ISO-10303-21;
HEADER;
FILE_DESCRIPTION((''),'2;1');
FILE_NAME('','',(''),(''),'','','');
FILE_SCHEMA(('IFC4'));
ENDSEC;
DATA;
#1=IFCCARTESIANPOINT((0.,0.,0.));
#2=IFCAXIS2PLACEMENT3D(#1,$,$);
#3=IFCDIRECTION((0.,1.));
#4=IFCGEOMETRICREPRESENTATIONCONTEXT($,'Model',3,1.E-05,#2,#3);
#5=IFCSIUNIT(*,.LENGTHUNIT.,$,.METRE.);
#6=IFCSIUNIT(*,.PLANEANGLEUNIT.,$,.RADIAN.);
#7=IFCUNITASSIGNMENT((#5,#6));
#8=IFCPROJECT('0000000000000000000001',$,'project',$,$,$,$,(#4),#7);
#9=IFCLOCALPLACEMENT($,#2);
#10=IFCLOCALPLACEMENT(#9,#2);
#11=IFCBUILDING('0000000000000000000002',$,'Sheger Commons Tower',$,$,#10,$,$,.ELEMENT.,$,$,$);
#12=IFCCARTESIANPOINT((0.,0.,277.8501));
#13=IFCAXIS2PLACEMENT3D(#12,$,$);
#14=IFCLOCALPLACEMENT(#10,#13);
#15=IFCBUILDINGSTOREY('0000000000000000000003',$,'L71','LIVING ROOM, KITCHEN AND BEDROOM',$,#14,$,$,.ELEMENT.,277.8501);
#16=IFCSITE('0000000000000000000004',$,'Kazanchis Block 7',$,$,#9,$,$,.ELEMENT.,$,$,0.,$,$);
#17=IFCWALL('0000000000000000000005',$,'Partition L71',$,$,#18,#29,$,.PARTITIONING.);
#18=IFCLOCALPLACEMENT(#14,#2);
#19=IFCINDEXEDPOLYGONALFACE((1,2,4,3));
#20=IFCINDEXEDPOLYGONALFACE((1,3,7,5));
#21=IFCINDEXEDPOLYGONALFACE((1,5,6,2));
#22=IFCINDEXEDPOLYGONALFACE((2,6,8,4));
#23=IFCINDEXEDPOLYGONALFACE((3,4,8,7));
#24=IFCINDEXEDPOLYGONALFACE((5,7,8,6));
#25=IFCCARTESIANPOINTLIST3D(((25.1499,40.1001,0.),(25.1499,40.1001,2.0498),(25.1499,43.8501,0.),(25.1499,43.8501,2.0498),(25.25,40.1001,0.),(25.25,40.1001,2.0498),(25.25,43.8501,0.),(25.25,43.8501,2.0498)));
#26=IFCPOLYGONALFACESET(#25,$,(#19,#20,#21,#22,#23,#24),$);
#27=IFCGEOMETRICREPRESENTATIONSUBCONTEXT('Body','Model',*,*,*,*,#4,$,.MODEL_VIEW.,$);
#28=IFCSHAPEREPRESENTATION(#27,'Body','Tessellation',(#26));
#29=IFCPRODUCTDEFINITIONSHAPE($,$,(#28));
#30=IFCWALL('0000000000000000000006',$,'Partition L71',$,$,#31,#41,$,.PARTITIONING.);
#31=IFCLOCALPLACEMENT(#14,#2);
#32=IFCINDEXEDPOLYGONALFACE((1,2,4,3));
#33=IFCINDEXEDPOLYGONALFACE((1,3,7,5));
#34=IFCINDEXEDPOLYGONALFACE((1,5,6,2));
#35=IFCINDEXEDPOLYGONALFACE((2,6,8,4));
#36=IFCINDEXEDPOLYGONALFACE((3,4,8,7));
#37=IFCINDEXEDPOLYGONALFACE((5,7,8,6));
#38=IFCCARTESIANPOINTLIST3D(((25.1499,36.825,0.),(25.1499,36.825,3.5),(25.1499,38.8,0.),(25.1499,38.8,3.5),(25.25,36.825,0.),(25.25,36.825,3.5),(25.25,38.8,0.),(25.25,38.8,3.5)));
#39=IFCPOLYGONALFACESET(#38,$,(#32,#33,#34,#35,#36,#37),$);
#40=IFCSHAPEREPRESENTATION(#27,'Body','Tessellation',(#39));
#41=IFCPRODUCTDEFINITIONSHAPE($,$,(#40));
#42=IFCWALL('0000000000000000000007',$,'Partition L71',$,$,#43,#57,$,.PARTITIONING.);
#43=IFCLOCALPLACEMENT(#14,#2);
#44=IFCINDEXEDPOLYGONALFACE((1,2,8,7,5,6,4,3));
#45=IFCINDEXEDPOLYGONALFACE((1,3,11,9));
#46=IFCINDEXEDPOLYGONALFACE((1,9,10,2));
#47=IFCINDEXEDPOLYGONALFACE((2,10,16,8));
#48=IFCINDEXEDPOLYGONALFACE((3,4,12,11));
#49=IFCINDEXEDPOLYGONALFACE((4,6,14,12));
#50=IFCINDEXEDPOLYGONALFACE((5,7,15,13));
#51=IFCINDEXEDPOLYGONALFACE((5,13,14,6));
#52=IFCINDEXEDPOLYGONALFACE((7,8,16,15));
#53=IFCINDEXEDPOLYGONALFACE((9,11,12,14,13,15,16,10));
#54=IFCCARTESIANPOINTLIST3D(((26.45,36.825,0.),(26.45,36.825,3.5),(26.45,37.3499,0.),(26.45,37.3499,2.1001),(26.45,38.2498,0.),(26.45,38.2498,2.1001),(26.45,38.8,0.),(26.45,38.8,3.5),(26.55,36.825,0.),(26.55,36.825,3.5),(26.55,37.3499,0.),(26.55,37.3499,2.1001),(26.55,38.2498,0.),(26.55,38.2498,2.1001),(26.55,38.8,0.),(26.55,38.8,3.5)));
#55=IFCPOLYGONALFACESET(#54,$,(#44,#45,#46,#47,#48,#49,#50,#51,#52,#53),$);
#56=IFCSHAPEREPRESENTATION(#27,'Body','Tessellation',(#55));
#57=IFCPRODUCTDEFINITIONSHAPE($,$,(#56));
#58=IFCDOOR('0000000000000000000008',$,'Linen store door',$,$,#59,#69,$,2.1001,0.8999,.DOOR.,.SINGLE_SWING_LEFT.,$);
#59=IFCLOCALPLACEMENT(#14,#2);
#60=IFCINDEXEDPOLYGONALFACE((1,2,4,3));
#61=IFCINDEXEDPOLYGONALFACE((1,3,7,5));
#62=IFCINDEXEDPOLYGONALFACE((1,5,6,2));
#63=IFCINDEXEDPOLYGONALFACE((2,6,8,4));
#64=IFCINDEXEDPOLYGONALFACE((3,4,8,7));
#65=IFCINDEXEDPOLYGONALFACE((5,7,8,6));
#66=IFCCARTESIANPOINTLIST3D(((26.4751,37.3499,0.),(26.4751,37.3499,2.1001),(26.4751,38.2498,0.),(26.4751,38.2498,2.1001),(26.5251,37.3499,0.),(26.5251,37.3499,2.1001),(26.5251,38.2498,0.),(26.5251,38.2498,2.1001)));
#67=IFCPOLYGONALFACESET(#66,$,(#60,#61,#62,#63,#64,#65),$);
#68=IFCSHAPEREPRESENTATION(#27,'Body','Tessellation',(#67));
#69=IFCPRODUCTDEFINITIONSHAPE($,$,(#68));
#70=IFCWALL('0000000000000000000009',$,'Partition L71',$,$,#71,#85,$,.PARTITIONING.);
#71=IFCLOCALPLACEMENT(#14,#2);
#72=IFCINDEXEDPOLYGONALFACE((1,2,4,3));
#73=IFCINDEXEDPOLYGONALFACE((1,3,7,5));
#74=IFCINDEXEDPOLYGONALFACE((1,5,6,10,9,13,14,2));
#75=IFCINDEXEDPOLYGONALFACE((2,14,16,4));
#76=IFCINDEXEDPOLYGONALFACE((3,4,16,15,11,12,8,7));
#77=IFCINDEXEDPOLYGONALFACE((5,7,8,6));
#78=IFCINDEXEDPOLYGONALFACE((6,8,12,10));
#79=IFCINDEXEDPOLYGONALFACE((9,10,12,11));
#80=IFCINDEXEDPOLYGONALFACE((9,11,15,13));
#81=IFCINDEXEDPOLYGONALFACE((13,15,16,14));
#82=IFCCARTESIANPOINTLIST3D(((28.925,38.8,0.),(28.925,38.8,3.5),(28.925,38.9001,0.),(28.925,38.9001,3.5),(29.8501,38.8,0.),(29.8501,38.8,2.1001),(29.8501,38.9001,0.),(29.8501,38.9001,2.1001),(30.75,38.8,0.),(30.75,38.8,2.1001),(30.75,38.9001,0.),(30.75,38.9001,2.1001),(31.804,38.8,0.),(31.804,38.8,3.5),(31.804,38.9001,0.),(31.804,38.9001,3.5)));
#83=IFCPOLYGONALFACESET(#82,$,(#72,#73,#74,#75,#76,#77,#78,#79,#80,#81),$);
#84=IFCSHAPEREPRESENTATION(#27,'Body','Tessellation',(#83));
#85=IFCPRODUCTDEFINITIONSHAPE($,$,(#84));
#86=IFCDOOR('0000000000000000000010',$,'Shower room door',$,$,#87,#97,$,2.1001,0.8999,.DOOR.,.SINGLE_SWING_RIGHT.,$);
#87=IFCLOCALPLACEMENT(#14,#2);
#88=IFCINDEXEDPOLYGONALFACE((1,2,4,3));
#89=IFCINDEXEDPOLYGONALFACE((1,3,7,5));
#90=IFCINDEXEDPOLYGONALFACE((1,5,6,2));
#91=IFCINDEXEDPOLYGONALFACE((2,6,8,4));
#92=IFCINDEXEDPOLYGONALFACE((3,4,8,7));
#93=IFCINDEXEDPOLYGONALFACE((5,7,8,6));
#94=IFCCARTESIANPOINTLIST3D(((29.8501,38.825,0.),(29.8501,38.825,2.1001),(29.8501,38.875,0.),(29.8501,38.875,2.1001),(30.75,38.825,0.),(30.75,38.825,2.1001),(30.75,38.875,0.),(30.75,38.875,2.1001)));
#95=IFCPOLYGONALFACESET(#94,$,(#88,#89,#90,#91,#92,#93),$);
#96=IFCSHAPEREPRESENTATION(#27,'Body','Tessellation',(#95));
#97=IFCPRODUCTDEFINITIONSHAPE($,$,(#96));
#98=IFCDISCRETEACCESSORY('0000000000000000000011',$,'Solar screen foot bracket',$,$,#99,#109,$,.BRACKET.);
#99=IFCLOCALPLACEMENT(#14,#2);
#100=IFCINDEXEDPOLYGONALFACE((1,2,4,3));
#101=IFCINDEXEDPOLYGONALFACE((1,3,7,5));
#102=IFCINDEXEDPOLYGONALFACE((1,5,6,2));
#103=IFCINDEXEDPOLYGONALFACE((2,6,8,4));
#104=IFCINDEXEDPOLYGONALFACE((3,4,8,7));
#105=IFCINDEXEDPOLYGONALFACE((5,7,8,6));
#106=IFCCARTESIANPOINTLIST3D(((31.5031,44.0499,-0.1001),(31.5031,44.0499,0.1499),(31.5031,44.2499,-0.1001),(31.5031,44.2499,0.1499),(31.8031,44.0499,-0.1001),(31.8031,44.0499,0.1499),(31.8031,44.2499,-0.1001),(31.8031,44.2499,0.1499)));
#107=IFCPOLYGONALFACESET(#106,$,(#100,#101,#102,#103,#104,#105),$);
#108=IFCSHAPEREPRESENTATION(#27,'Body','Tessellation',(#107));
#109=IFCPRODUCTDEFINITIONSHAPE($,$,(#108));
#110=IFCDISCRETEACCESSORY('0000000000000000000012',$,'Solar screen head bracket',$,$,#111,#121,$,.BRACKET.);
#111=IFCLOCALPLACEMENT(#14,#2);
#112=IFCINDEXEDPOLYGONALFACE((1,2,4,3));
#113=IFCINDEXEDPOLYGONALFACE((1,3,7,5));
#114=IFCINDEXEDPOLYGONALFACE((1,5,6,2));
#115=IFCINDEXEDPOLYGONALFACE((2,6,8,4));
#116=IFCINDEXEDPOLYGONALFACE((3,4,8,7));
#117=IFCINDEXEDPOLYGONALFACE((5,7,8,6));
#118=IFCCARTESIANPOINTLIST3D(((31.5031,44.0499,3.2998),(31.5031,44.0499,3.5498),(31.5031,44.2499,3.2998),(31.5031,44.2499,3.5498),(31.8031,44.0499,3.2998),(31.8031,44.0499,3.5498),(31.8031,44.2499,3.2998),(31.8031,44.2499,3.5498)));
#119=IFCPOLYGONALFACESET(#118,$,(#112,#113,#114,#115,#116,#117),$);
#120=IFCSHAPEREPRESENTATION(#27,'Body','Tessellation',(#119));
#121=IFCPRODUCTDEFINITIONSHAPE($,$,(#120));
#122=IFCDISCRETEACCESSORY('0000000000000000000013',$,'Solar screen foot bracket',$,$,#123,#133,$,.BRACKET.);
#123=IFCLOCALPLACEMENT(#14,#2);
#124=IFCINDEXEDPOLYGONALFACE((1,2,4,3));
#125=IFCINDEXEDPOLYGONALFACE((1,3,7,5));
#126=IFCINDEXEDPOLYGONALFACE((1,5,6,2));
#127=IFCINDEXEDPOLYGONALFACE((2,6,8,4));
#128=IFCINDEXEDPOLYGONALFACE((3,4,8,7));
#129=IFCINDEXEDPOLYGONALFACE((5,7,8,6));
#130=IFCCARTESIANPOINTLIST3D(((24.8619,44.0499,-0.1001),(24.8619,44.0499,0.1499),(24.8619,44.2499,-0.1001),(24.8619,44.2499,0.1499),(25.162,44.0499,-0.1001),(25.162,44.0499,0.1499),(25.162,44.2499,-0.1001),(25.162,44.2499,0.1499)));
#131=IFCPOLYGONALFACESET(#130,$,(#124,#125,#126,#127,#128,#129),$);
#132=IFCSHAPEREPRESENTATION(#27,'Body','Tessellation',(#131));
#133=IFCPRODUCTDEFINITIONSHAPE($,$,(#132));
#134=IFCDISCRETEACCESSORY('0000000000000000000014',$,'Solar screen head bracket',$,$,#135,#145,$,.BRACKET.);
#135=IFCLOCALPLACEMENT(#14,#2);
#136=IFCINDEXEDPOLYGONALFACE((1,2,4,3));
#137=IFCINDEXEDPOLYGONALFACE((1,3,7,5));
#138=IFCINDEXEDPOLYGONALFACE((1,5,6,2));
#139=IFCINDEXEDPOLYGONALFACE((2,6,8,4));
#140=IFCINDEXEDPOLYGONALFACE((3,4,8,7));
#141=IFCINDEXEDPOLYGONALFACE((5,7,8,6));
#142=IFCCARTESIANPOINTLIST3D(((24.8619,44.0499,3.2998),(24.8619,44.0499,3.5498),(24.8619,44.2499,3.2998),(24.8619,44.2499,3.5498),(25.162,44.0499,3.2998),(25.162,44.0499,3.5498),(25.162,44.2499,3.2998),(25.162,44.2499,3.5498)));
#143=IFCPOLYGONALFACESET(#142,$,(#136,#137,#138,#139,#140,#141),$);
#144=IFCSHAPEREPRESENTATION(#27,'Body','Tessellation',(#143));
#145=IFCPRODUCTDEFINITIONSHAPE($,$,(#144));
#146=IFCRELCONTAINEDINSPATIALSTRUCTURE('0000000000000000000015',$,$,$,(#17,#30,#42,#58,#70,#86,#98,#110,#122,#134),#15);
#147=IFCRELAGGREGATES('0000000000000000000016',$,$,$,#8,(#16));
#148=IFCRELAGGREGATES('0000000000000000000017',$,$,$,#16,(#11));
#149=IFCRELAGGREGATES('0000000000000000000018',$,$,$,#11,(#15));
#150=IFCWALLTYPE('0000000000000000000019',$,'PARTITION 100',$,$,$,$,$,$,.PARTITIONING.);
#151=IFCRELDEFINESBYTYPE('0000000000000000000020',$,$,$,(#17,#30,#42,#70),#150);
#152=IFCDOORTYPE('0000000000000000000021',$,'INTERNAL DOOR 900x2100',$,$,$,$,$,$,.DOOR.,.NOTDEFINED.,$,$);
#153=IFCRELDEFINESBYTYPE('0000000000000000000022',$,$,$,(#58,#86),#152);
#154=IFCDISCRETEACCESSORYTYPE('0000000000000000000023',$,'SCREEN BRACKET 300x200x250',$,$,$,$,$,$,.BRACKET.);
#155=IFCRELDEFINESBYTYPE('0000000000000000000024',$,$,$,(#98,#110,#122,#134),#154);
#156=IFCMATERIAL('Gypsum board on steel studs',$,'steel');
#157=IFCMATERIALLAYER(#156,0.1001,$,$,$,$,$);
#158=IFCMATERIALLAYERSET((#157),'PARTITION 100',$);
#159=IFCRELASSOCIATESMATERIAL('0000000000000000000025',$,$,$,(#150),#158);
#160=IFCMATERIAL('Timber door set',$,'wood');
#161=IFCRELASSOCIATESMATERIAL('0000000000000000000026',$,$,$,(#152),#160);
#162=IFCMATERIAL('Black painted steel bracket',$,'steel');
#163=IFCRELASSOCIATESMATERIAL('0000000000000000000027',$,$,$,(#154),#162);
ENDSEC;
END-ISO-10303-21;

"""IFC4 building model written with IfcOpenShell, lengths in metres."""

from ifc_helpers import new_model, si_unit, direction, frame, frame_2d, origin, origin_2d, place, context, subcontext, project, spatial, rectangle, extrude, material, layer, layer_set, type_object, element, fill, save


model = new_model("IFC4")

# Units and contexts
model_context = context("Model", 3, precision=1e-05, world=origin(), true_north=direction((0.0, 1.0)))
body_context = subcontext(model_context, "Body", "Model", "MODEL_VIEW")
ifc_project = project(units=[si_unit("LENGTHUNIT", "METRE"), si_unit("PLANEANGLEUNIT", "RADIAN")], contexts=[model_context])

# Site, building, storey
site_placement = place(None, origin())
site = spatial("IfcSite", under=ifc_project, at=site_placement, Name="Kazanchis Block 7", CompositionType="ELEMENT", RefElevation=0.0)
building_placement = place(site_placement, origin())
building = spatial("IfcBuilding", under=site, at=building_placement, Name="Sheger Commons Tower", CompositionType="ELEMENT")
storey_placement = place(building_placement, frame((0.0, 0.0, 277.8501)))
storey = spatial("IfcBuildingStorey", under=building, at=storey_placement, Name="L71", Description="LIVING ROOM, KITCHEN AND BEDROOM", CompositionType="ELEMENT", Elevation=277.8501)

# Walls
ifc_material_1 = material(Name="Gypsum board on steel studs", Category="steel")
ifc_layer_1 = layer(ifc_material_1, 0.1001)
ifc_layer_set_1 = layer_set([ifc_layer_1], Name="PARTITION 100")
wall_type_1 = type_object("IfcWallType", Name="PARTITION 100", PredefinedType="PARTITIONING", material=ifc_layer_set_1)
wall_1_placement = place(storey_placement, frame((25.2, 40.1001, 0.0), z_axis=(0.0, 0.0, 1.0), x_axis=(0.0, 1.0, 0.0)))
element("IfcWall", 1, at=wall_1_placement, inside=storey, type_object=wall_type_1, Name="Partition L71", PredefinedType="PARTITIONING", context=body_context, shape_type="SweptSolid", body=[
    extrude(rectangle(XDim=3.75, YDim=0.1001, at=frame_2d((1.875, 0.0))), origin(), (0.0, 0.0, 1.0), 2.0498),
])
wall_2_placement = place(storey_placement, frame((25.2, 36.825, 0.0), z_axis=(0.0, 0.0, 1.0), x_axis=(0.0, 1.0, 0.0)))
element("IfcWall", 2, at=wall_2_placement, inside=storey, type_object=wall_type_1, Name="Partition L71", PredefinedType="PARTITIONING", context=body_context, shape_type="SweptSolid", body=[
    extrude(rectangle(XDim=1.9751, YDim=0.1001, at=frame_2d((0.9875, 0.0))), origin(), (0.0, 0.0, 1.0), 3.5),
])

# Walls, openings, doors
wall_3_placement = place(storey_placement, frame((26.5, 36.825, 0.0), z_axis=(0.0, 0.0, 1.0), x_axis=(0.0, 1.0, 0.0)))
wall_3 = element("IfcWall", 3, at=wall_3_placement, inside=storey, type_object=wall_type_1, Name="Partition L71", PredefinedType="PARTITIONING", context=body_context, shape_type="SweptSolid", body=[
    extrude(rectangle(XDim=1.9751, YDim=0.1001, at=frame_2d((0.9875, 0.0))), origin(), (0.0, 0.0, 1.0), 3.5),
])
opening_1_placement = place(wall_3_placement, frame((0.5249, 0.0, 0.0)))
opening_1 = element("IfcOpeningElement", 4, at=opening_1_placement, cuts=wall_3, PredefinedType="OPENING", context=body_context, shape_type="SweptSolid", body=[
    extrude(rectangle(XDim=0.8999, YDim=2.1001, at=frame_2d((0.45, 1.05))), frame((0.0, 0.0601, 0.0), z_axis=(0.0, -1.0, 0.0), x_axis=(1.0, 0.0, 0.0)), (0.0, 0.0, 1.0), 0.1201),
])
ifc_material_2 = material(Name="Timber door set", Category="wood")
door_type_1 = type_object("IfcDoorType", Name="INTERNAL DOOR 900x2100", OperationType="NOTDEFINED", PredefinedType="DOOR", material=ifc_material_2)
door_1_placement = place(opening_1_placement, origin())
door_1 = element("IfcDoor", 5, at=door_1_placement, inside=storey, type_object=door_type_1, Name="Linen store door", OperationType="SINGLE_SWING_LEFT", OverallHeight=2.1001, OverallWidth=0.8999, PredefinedType="DOOR", context=body_context, shape_type="SweptSolid", body=[
    extrude(rectangle(XDim=0.8999, YDim=2.1001, at=frame_2d((0.45, 1.05))), frame((0.0, 0.0249, 0.0), z_axis=(0.0, -1.0, 0.0), x_axis=(1.0, 0.0, 0.0)), (0.0, 0.0, 1.0), 0.05),
])
fill(opening_1, door_1)
wall_4_placement = place(storey_placement, frame((28.925, 38.8501, 0.0), z_axis=(0.0, 0.0, 1.0), x_axis=(1.0, 0.0, 0.0)))
wall_4 = element("IfcWall", 6, at=wall_4_placement, inside=storey, type_object=wall_type_1, Name="Partition L71", PredefinedType="PARTITIONING", context=body_context, shape_type="SweptSolid", body=[
    extrude(rectangle(XDim=2.8789, YDim=0.1001, at=frame_2d((1.4395, 0.0))), origin(), (0.0, 0.0, 1.0), 3.5),
])
opening_2_placement = place(wall_4_placement, frame((0.925, 0.0, 0.0)))
opening_2 = element("IfcOpeningElement", 7, at=opening_2_placement, cuts=wall_4, PredefinedType="OPENING", context=body_context, shape_type="SweptSolid", body=[
    extrude(rectangle(XDim=0.8999, YDim=2.1001, at=frame_2d((0.45, 1.05))), frame((0.0, 0.0601, 0.0), z_axis=(0.0, -1.0, 0.0), x_axis=(1.0, 0.0, 0.0)), (0.0, 0.0, 1.0), 0.1201),
])
door_2_placement = place(opening_2_placement, origin())
door_2 = element("IfcDoor", 8, at=door_2_placement, inside=storey, type_object=door_type_1, Name="Shower room door", OperationType="SINGLE_SWING_RIGHT", OverallHeight=2.1001, OverallWidth=0.8999, PredefinedType="DOOR", context=body_context, shape_type="SweptSolid", body=[
    extrude(rectangle(XDim=0.8999, YDim=2.1001, at=frame_2d((0.45, 1.05))), frame((0.0, 0.0249, 0.0), z_axis=(0.0, -1.0, 0.0), x_axis=(1.0, 0.0, 0.0)), (0.0, 0.0, 1.0), 0.05),
])
fill(opening_2, door_2)

# Discrete accessories
ifc_material_3 = material(Name="Black painted steel bracket", Category="steel")
discrete_accessory_type = type_object("IfcDiscreteAccessoryType", Name="SCREEN BRACKET 300x200x250", PredefinedType="BRACKET", material=ifc_material_3)
for number, where, z_axis, x_axis, name in (
    (9, (31.6531, 44.1499, -0.1001), (0.0, 0.0, 1.0), (-1.0, 0.0, 0.0), "Solar screen foot bracket"),
    (10, (31.6531, 44.1499, 3.2998), (0.0, 0.0, 1.0), (-1.0, 0.0, 0.0), "Solar screen head bracket"),
    (11, (25.012, 44.1499, -0.1001), (0.0, 0.0, 1.0), (-1.0, 0.0, 0.0), "Solar screen foot bracket"),
    (12, (25.012, 44.1499, 3.2998), (0.0, 0.0, 1.0), (-1.0, 0.0, 0.0), "Solar screen head bracket"),
):
    element("IfcDiscreteAccessory", number, at=place(storey_placement, frame(where, z_axis=z_axis, x_axis=x_axis)), inside=storey, type_object=discrete_accessory_type, Name=name, PredefinedType="BRACKET", context=body_context, shape_type="SweptSolid", body=[
        extrude(rectangle(XDim=0.3, YDim=0.2, at=origin_2d()), origin(), (0.0, 0.0, 1.0), 0.25),
    ])

save(model, "model.ifc")
